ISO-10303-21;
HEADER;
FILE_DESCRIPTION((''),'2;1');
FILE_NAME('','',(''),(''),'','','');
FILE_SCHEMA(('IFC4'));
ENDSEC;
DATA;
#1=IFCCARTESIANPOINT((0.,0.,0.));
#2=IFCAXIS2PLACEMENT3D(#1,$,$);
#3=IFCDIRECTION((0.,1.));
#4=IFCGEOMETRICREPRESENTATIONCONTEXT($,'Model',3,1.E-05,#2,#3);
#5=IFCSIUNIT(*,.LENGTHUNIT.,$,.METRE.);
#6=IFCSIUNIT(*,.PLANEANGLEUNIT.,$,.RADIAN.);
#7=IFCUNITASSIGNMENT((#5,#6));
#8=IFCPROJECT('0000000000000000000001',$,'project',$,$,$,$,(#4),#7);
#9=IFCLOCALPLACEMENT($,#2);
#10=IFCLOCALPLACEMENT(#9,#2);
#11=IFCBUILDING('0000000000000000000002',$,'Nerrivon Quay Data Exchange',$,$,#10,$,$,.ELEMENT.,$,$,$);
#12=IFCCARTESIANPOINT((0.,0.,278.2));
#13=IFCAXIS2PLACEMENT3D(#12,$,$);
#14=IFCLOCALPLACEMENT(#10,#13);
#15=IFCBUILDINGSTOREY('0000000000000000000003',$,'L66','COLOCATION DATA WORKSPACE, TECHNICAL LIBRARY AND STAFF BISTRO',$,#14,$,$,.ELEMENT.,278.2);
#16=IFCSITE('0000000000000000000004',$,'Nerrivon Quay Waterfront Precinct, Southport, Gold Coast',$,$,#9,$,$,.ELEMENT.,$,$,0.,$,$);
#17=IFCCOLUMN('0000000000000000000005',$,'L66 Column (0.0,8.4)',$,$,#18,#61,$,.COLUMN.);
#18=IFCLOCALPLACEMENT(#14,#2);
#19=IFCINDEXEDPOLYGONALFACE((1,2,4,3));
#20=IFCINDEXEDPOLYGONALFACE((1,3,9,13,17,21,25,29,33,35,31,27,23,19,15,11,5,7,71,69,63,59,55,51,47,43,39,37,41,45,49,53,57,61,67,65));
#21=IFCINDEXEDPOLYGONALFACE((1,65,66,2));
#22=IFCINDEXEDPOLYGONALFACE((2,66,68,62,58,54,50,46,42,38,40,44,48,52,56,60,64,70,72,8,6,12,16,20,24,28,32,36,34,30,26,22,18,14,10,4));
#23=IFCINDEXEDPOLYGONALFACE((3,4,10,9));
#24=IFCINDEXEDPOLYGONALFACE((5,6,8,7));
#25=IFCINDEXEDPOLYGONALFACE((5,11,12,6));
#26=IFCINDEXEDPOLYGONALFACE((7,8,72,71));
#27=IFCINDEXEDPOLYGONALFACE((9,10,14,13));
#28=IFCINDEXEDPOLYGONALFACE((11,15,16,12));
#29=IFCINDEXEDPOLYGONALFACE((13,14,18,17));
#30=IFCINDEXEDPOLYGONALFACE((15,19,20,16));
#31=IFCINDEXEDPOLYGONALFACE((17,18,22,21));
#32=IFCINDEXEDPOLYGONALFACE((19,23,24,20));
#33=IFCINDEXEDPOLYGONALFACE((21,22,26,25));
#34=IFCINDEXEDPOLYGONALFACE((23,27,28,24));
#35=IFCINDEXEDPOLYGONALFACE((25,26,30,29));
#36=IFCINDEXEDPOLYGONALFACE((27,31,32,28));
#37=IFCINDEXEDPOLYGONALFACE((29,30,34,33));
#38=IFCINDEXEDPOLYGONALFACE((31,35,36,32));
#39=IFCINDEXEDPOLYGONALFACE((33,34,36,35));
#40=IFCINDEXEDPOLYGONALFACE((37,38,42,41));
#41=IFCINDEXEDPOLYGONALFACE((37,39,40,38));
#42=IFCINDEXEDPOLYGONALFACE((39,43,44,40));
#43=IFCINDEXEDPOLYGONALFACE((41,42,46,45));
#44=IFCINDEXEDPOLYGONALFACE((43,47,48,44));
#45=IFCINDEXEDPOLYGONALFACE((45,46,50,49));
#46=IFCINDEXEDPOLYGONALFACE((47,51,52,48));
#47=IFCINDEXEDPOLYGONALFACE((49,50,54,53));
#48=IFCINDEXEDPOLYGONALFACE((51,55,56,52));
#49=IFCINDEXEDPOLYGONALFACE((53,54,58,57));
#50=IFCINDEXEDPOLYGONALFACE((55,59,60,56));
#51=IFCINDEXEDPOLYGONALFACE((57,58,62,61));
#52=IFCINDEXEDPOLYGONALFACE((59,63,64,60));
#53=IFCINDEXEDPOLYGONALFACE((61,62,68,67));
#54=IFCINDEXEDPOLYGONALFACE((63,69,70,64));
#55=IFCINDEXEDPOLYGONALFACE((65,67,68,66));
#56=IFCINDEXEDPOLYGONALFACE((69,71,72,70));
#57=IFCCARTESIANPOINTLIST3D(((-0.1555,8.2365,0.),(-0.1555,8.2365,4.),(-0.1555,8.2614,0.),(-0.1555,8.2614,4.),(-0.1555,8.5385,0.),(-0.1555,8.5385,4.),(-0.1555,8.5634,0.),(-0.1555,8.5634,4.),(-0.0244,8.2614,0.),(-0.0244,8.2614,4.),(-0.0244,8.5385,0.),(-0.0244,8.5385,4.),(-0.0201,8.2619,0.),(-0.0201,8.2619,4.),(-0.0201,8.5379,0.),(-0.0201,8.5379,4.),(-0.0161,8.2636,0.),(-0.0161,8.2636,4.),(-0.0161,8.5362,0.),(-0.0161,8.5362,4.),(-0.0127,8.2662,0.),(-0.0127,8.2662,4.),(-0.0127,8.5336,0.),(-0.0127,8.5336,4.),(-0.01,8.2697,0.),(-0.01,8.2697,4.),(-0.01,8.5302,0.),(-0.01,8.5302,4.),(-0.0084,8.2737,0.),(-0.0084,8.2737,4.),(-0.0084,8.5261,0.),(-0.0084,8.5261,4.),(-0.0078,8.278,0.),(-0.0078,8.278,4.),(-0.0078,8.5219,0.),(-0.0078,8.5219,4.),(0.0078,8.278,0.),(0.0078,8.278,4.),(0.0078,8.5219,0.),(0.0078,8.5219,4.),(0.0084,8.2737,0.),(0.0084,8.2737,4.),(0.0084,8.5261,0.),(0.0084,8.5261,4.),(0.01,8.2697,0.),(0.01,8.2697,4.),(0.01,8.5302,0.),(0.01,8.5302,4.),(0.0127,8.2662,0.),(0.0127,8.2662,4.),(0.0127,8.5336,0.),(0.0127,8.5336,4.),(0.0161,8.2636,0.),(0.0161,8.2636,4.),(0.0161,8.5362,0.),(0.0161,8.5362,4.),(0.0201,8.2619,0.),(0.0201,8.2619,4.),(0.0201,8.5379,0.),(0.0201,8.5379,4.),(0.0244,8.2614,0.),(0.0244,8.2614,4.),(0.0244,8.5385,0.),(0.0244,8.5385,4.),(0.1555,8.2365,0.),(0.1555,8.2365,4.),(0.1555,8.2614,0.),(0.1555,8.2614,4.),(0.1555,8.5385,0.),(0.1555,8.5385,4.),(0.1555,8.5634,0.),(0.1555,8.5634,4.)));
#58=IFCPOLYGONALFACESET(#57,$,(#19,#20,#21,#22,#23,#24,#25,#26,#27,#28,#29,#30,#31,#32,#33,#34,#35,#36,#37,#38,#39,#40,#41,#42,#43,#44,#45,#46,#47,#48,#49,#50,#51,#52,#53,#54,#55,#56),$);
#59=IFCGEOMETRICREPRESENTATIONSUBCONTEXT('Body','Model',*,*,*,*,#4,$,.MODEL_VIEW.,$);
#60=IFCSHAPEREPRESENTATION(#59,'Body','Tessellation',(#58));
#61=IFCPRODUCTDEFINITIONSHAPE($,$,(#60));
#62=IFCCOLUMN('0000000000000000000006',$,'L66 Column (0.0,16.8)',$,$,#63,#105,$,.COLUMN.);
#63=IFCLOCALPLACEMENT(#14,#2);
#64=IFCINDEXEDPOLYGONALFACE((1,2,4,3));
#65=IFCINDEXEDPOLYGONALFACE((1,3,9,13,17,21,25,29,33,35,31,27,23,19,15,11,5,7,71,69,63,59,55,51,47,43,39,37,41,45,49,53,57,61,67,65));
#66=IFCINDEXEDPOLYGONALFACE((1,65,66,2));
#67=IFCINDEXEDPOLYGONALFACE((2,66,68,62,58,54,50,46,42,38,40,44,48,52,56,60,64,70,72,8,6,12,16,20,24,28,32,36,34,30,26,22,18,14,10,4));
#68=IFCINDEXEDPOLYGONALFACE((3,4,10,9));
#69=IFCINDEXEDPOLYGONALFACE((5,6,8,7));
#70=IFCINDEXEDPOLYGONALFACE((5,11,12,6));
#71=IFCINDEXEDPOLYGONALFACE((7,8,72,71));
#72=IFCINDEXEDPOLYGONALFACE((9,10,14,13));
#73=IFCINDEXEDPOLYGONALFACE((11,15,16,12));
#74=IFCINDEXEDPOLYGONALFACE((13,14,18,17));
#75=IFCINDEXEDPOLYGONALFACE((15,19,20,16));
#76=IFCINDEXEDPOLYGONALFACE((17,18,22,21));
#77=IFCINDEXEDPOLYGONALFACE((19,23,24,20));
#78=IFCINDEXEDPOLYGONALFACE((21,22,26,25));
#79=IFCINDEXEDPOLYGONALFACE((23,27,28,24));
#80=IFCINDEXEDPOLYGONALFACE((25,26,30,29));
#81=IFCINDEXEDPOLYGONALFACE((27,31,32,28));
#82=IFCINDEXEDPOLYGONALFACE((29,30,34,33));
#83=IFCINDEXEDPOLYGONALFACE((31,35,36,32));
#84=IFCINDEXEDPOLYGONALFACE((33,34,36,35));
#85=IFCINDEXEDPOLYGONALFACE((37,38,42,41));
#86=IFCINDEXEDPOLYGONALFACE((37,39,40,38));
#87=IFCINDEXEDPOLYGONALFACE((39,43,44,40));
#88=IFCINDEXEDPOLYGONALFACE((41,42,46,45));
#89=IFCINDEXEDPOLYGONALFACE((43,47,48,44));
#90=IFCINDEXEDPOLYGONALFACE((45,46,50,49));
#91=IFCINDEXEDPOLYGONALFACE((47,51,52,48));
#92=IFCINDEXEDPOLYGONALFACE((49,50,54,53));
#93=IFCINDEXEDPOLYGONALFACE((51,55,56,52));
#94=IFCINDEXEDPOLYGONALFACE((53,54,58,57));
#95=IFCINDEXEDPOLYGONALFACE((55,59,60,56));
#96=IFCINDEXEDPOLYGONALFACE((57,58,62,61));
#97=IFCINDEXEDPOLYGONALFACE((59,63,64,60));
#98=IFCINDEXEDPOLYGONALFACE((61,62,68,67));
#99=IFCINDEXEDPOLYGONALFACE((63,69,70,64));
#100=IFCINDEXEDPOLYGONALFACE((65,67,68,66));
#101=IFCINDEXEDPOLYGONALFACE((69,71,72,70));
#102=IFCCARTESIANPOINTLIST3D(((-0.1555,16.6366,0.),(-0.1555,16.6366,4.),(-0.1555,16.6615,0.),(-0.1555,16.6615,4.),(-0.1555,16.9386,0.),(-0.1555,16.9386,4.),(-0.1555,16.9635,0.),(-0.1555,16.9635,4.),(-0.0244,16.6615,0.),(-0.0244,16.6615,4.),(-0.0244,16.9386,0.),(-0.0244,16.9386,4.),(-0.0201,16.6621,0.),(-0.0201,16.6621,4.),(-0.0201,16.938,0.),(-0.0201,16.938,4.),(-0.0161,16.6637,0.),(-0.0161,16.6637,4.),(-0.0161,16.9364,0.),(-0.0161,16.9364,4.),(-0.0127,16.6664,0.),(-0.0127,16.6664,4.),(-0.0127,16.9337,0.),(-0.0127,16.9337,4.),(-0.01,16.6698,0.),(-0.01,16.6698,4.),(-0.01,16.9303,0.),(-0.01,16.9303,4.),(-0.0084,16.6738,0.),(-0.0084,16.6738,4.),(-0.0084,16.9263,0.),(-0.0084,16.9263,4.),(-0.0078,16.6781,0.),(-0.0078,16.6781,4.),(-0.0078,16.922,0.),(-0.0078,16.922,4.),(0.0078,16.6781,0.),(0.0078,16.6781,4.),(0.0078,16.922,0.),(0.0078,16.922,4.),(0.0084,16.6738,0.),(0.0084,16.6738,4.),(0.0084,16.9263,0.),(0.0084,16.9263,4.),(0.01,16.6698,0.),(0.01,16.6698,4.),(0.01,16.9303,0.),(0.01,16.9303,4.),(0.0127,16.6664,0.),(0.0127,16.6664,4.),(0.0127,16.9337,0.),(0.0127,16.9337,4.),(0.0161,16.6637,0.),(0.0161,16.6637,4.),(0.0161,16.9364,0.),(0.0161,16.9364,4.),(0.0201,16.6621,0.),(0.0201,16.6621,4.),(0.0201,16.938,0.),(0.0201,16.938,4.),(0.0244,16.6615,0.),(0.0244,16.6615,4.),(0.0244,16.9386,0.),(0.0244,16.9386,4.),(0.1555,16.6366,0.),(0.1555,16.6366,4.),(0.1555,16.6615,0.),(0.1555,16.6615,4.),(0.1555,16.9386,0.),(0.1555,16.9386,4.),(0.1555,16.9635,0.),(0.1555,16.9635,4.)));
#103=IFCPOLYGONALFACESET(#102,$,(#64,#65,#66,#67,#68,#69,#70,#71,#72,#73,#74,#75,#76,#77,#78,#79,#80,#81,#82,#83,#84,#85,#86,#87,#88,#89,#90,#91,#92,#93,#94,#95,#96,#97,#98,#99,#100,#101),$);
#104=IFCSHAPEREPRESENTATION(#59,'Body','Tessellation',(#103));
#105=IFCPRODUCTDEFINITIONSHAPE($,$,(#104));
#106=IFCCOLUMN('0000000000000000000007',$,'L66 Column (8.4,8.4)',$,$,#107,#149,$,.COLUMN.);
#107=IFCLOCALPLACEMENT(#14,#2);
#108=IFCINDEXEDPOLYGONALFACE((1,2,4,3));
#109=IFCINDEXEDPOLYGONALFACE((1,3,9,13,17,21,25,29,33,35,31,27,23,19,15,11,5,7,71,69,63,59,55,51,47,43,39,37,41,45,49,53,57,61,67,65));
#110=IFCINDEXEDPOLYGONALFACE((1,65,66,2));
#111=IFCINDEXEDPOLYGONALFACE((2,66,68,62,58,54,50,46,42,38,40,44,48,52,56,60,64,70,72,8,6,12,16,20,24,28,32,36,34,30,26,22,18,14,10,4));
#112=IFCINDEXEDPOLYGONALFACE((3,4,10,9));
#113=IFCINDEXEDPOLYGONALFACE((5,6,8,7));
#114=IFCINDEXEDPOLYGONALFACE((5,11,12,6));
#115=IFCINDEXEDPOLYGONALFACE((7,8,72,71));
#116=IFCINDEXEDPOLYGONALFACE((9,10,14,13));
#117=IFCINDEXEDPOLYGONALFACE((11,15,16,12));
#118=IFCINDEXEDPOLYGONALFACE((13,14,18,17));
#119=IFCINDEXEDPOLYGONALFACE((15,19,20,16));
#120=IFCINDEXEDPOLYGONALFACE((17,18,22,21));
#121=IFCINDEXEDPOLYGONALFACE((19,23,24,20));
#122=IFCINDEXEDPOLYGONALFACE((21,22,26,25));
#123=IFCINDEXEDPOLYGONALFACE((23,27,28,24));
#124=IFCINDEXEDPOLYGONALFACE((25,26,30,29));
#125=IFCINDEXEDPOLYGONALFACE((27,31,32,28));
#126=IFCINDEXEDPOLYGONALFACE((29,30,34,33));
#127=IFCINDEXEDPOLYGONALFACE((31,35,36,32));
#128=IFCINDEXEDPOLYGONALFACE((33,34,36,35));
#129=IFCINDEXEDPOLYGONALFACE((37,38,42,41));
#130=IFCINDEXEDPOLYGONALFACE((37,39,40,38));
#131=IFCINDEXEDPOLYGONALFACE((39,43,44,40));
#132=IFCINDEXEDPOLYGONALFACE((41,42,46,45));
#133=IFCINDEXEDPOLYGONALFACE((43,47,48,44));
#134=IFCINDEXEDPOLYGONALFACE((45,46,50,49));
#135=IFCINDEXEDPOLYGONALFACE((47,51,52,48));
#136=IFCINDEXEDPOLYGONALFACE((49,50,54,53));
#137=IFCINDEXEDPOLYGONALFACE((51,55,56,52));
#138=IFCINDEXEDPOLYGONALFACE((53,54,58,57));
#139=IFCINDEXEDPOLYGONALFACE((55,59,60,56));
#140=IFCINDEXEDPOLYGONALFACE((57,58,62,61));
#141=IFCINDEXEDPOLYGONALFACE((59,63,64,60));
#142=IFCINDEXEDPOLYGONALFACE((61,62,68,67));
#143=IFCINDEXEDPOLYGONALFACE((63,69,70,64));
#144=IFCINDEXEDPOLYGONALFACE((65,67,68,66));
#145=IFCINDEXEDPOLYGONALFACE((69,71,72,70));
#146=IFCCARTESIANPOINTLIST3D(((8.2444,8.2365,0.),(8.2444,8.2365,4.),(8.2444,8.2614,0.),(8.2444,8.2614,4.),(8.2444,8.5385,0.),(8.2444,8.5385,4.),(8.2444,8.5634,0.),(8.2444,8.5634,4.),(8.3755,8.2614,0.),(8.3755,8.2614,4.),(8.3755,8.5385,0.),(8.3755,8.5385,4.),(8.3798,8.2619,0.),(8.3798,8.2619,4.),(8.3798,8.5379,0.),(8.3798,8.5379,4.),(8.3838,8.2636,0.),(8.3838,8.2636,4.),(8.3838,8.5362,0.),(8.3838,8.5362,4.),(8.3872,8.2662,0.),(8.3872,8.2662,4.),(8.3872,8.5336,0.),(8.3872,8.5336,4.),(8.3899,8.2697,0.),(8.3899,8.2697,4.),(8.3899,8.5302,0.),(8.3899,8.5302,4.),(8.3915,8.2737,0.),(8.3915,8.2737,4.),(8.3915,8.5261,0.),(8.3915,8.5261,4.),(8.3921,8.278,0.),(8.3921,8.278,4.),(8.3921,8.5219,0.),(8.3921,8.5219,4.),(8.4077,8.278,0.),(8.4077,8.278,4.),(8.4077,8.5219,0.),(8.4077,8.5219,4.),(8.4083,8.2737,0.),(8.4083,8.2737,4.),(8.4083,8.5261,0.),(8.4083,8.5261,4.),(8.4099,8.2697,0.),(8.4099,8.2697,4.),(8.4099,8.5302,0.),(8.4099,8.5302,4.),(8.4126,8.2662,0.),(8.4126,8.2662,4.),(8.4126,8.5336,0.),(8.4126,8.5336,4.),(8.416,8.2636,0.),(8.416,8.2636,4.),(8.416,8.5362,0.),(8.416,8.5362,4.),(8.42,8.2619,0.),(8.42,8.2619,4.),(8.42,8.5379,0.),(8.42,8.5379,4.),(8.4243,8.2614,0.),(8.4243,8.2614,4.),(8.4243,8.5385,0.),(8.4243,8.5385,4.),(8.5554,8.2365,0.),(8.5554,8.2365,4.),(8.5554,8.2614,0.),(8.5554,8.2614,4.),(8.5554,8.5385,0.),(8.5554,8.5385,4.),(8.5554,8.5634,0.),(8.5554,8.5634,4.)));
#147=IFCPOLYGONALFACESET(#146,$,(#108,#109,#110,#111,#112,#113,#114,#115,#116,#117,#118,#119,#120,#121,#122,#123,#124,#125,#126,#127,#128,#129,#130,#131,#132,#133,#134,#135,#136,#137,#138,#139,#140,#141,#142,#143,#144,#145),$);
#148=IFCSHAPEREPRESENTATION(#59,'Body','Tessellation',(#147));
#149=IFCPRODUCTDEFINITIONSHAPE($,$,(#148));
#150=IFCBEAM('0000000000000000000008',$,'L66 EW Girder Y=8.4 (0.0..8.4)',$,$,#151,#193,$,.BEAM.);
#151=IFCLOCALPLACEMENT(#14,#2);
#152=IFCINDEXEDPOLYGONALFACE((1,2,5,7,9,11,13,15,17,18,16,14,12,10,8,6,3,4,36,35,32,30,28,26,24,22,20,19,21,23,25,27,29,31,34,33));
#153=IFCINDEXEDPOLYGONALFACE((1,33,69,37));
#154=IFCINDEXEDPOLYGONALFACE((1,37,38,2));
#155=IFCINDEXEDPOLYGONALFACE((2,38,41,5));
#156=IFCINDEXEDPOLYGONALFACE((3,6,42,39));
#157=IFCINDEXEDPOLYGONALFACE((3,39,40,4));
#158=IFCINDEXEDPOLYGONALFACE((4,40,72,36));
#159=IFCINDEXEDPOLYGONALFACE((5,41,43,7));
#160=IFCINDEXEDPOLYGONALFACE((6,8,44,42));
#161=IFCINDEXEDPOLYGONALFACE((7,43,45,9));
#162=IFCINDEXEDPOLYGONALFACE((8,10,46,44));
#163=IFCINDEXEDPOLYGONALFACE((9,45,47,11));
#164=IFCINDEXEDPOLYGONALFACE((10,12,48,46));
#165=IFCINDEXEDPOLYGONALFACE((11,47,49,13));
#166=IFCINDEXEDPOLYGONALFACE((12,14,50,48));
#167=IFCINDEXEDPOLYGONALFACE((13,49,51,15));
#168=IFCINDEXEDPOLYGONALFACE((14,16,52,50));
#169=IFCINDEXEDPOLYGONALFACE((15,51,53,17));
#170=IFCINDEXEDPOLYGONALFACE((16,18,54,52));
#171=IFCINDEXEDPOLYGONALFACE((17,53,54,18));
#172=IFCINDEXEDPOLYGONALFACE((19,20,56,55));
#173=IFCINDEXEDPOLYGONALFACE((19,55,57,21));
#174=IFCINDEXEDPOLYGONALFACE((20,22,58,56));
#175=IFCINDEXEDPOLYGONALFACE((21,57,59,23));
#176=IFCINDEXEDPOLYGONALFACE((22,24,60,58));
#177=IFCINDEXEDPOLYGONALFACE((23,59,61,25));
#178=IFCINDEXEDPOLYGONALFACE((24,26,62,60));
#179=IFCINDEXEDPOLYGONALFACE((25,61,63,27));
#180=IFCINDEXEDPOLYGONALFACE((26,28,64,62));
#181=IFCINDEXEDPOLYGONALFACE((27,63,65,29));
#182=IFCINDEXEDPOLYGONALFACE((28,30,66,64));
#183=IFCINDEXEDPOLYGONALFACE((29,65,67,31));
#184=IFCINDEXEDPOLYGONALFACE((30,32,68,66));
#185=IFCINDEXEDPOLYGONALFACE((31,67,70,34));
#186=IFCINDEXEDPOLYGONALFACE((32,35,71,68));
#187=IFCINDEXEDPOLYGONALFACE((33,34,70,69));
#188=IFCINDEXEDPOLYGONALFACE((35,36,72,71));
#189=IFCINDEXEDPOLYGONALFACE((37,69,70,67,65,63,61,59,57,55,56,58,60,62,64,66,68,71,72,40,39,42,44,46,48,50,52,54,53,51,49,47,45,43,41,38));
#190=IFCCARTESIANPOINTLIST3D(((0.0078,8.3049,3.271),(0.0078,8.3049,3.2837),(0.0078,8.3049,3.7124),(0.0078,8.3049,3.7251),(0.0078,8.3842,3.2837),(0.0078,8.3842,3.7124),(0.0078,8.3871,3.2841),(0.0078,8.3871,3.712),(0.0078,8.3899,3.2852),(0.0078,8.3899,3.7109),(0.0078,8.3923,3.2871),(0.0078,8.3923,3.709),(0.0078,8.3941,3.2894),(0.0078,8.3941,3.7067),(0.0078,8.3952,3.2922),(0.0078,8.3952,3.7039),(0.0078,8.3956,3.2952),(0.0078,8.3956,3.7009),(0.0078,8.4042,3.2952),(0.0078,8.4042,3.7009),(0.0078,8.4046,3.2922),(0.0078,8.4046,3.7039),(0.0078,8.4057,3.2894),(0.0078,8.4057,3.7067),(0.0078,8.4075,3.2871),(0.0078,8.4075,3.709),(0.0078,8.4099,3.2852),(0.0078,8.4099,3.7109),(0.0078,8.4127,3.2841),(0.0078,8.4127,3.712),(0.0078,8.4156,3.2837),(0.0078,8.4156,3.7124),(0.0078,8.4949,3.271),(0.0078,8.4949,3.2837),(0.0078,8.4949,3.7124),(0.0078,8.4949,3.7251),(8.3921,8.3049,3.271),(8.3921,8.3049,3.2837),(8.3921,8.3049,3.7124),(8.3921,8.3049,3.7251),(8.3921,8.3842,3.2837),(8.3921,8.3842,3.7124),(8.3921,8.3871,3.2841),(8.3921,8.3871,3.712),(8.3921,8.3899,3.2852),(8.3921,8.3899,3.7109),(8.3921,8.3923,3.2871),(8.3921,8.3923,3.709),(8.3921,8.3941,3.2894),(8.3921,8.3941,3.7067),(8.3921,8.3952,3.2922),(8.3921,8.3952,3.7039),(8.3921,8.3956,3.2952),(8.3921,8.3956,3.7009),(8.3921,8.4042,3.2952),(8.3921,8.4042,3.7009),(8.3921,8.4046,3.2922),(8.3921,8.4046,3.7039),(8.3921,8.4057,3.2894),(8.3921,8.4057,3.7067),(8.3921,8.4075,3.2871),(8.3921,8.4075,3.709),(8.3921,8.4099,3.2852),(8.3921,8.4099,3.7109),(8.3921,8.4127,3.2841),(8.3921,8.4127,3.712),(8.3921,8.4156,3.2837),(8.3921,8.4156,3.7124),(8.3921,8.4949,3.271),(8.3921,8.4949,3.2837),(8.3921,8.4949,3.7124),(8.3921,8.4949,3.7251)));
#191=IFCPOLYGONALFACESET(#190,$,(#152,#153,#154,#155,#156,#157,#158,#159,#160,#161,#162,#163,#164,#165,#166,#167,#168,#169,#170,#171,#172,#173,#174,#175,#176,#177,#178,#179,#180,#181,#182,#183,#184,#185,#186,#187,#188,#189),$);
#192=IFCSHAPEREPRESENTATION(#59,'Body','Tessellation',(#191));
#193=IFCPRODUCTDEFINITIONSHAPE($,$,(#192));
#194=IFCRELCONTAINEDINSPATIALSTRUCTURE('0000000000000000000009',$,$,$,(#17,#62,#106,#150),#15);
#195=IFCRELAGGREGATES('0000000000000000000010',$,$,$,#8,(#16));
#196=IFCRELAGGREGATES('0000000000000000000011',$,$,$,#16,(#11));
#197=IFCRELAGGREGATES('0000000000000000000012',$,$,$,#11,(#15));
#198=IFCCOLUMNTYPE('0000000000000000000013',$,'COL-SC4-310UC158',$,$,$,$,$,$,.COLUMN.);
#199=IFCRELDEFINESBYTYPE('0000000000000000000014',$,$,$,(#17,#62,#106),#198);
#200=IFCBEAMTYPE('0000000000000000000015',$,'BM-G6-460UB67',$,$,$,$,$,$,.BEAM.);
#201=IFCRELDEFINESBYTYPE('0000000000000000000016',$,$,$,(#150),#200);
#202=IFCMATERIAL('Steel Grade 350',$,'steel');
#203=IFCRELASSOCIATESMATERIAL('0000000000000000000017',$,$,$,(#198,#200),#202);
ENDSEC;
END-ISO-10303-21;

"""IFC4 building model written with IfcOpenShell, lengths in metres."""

from ifc_helpers import new_model, si_unit, direction, frame, origin, origin_2d, place, context, subcontext, project, spatial, i_section, extrude, material, material_profile, profile_set, type_object, element, save


model = new_model("IFC4")

# Units and contexts
model_context = context("Model", 3, precision=1e-05, world=origin(), true_north=direction((0.0, 1.0)))
body_context = subcontext(model_context, "Body", "Model", "MODEL_VIEW")
ifc_project = project(units=[si_unit("LENGTHUNIT", "METRE"), si_unit("PLANEANGLEUNIT", "RADIAN")], contexts=[model_context])

# Site, building, storey
site_placement = place(None, origin())
site = spatial("IfcSite", under=ifc_project, at=site_placement, Name="Nerrivon Quay Waterfront Precinct, Southport, Gold Coast", CompositionType="ELEMENT", RefElevation=0.0)
building_placement = place(site_placement, origin())
building = spatial("IfcBuilding", under=site, at=building_placement, Name="Nerrivon Quay Data Exchange", CompositionType="ELEMENT")
storey_placement = place(building_placement, frame((0.0, 0.0, 278.2)))
storey = spatial("IfcBuildingStorey", under=building, at=storey_placement, Name="L66", Description="COLOCATION DATA WORKSPACE, TECHNICAL LIBRARY AND STAFF BISTRO", CompositionType="ELEMENT", Elevation=278.2)

# Columns
ifc_material_1 = material(Name="Steel Grade 350", Category="steel")
ifc_material_profile_1 = material_profile(ifc_material_1, i_section(OverallWidth=0.311, OverallDepth=0.3269, WebThickness=0.0156, FlangeThickness=0.0249, FilletRadius=0.0166, at=origin_2d()), Name="310UC158")
ifc_profile_set_1 = profile_set([ifc_material_profile_1], Name="Steel Grade 350")
column_type = type_object("IfcColumnType", Name="COL-SC4-310UC158", PredefinedType="COLUMN", material=ifc_profile_set_1)
for number, where, z_axis, x_axis, name in (
    (1, (0.0, 8.3999, 0.0), (0.0, 0.0, 1.0), (1.0, 0.0, 0.0), "L66 Column (0.0,8.4)"),
    (2, (0.0, 16.8, 0.0), (0.0, 0.0, 1.0), (1.0, 0.0, 0.0), "L66 Column (0.0,16.8)"),
    (3, (8.3999, 8.3999, 0.0), (0.0, 0.0, 1.0), (1.0, 0.0, 0.0), "L66 Column (8.4,8.4)"),
):
    element("IfcColumn", number, at=place(storey_placement, frame(where, z_axis=z_axis, x_axis=x_axis)), inside=storey, type_object=column_type, Name=name, PredefinedType="COLUMN", context=body_context, shape_type="SweptSolid", body=[
        extrude(i_section(OverallWidth=0.311, OverallDepth=0.3269, WebThickness=0.0156, FlangeThickness=0.0249, FilletRadius=0.0166, at=origin_2d()), origin(), (0.0, 0.0, 1.0), 4.0),
    ])

# Beam
ifc_material_profile_2 = material_profile(ifc_material_1, i_section(OverallWidth=0.1899, OverallDepth=0.4541, WebThickness=0.0085, FlangeThickness=0.0127, FilletRadius=0.0115, at=origin_2d()), Name="460UB67.1")
ifc_profile_set_2 = profile_set([ifc_material_profile_2], Name="Steel Grade 350")
beam_type_1 = type_object("IfcBeamType", Name="BM-G6-460UB67", PredefinedType="BEAM", material=ifc_profile_set_2)
beam_1_placement = place(storey_placement, frame((0.0078, 8.3999, 3.498), z_axis=(1.0, 0.0, 0.0), x_axis=(0.0, 1.0, 0.0)))
element("IfcBeam", 4, at=beam_1_placement, inside=storey, type_object=beam_type_1, Name="L66 EW Girder Y=8.4 (0.0..8.4)", PredefinedType="BEAM", context=body_context, shape_type="SweptSolid", body=[
    extrude(i_section(OverallWidth=0.1899, OverallDepth=0.4541, WebThickness=0.0085, FlangeThickness=0.0127, FilletRadius=0.0115, at=origin_2d()), origin(), (0.0, 0.0, 1.0), 8.3843),
])

save(model, "model.ifc")
